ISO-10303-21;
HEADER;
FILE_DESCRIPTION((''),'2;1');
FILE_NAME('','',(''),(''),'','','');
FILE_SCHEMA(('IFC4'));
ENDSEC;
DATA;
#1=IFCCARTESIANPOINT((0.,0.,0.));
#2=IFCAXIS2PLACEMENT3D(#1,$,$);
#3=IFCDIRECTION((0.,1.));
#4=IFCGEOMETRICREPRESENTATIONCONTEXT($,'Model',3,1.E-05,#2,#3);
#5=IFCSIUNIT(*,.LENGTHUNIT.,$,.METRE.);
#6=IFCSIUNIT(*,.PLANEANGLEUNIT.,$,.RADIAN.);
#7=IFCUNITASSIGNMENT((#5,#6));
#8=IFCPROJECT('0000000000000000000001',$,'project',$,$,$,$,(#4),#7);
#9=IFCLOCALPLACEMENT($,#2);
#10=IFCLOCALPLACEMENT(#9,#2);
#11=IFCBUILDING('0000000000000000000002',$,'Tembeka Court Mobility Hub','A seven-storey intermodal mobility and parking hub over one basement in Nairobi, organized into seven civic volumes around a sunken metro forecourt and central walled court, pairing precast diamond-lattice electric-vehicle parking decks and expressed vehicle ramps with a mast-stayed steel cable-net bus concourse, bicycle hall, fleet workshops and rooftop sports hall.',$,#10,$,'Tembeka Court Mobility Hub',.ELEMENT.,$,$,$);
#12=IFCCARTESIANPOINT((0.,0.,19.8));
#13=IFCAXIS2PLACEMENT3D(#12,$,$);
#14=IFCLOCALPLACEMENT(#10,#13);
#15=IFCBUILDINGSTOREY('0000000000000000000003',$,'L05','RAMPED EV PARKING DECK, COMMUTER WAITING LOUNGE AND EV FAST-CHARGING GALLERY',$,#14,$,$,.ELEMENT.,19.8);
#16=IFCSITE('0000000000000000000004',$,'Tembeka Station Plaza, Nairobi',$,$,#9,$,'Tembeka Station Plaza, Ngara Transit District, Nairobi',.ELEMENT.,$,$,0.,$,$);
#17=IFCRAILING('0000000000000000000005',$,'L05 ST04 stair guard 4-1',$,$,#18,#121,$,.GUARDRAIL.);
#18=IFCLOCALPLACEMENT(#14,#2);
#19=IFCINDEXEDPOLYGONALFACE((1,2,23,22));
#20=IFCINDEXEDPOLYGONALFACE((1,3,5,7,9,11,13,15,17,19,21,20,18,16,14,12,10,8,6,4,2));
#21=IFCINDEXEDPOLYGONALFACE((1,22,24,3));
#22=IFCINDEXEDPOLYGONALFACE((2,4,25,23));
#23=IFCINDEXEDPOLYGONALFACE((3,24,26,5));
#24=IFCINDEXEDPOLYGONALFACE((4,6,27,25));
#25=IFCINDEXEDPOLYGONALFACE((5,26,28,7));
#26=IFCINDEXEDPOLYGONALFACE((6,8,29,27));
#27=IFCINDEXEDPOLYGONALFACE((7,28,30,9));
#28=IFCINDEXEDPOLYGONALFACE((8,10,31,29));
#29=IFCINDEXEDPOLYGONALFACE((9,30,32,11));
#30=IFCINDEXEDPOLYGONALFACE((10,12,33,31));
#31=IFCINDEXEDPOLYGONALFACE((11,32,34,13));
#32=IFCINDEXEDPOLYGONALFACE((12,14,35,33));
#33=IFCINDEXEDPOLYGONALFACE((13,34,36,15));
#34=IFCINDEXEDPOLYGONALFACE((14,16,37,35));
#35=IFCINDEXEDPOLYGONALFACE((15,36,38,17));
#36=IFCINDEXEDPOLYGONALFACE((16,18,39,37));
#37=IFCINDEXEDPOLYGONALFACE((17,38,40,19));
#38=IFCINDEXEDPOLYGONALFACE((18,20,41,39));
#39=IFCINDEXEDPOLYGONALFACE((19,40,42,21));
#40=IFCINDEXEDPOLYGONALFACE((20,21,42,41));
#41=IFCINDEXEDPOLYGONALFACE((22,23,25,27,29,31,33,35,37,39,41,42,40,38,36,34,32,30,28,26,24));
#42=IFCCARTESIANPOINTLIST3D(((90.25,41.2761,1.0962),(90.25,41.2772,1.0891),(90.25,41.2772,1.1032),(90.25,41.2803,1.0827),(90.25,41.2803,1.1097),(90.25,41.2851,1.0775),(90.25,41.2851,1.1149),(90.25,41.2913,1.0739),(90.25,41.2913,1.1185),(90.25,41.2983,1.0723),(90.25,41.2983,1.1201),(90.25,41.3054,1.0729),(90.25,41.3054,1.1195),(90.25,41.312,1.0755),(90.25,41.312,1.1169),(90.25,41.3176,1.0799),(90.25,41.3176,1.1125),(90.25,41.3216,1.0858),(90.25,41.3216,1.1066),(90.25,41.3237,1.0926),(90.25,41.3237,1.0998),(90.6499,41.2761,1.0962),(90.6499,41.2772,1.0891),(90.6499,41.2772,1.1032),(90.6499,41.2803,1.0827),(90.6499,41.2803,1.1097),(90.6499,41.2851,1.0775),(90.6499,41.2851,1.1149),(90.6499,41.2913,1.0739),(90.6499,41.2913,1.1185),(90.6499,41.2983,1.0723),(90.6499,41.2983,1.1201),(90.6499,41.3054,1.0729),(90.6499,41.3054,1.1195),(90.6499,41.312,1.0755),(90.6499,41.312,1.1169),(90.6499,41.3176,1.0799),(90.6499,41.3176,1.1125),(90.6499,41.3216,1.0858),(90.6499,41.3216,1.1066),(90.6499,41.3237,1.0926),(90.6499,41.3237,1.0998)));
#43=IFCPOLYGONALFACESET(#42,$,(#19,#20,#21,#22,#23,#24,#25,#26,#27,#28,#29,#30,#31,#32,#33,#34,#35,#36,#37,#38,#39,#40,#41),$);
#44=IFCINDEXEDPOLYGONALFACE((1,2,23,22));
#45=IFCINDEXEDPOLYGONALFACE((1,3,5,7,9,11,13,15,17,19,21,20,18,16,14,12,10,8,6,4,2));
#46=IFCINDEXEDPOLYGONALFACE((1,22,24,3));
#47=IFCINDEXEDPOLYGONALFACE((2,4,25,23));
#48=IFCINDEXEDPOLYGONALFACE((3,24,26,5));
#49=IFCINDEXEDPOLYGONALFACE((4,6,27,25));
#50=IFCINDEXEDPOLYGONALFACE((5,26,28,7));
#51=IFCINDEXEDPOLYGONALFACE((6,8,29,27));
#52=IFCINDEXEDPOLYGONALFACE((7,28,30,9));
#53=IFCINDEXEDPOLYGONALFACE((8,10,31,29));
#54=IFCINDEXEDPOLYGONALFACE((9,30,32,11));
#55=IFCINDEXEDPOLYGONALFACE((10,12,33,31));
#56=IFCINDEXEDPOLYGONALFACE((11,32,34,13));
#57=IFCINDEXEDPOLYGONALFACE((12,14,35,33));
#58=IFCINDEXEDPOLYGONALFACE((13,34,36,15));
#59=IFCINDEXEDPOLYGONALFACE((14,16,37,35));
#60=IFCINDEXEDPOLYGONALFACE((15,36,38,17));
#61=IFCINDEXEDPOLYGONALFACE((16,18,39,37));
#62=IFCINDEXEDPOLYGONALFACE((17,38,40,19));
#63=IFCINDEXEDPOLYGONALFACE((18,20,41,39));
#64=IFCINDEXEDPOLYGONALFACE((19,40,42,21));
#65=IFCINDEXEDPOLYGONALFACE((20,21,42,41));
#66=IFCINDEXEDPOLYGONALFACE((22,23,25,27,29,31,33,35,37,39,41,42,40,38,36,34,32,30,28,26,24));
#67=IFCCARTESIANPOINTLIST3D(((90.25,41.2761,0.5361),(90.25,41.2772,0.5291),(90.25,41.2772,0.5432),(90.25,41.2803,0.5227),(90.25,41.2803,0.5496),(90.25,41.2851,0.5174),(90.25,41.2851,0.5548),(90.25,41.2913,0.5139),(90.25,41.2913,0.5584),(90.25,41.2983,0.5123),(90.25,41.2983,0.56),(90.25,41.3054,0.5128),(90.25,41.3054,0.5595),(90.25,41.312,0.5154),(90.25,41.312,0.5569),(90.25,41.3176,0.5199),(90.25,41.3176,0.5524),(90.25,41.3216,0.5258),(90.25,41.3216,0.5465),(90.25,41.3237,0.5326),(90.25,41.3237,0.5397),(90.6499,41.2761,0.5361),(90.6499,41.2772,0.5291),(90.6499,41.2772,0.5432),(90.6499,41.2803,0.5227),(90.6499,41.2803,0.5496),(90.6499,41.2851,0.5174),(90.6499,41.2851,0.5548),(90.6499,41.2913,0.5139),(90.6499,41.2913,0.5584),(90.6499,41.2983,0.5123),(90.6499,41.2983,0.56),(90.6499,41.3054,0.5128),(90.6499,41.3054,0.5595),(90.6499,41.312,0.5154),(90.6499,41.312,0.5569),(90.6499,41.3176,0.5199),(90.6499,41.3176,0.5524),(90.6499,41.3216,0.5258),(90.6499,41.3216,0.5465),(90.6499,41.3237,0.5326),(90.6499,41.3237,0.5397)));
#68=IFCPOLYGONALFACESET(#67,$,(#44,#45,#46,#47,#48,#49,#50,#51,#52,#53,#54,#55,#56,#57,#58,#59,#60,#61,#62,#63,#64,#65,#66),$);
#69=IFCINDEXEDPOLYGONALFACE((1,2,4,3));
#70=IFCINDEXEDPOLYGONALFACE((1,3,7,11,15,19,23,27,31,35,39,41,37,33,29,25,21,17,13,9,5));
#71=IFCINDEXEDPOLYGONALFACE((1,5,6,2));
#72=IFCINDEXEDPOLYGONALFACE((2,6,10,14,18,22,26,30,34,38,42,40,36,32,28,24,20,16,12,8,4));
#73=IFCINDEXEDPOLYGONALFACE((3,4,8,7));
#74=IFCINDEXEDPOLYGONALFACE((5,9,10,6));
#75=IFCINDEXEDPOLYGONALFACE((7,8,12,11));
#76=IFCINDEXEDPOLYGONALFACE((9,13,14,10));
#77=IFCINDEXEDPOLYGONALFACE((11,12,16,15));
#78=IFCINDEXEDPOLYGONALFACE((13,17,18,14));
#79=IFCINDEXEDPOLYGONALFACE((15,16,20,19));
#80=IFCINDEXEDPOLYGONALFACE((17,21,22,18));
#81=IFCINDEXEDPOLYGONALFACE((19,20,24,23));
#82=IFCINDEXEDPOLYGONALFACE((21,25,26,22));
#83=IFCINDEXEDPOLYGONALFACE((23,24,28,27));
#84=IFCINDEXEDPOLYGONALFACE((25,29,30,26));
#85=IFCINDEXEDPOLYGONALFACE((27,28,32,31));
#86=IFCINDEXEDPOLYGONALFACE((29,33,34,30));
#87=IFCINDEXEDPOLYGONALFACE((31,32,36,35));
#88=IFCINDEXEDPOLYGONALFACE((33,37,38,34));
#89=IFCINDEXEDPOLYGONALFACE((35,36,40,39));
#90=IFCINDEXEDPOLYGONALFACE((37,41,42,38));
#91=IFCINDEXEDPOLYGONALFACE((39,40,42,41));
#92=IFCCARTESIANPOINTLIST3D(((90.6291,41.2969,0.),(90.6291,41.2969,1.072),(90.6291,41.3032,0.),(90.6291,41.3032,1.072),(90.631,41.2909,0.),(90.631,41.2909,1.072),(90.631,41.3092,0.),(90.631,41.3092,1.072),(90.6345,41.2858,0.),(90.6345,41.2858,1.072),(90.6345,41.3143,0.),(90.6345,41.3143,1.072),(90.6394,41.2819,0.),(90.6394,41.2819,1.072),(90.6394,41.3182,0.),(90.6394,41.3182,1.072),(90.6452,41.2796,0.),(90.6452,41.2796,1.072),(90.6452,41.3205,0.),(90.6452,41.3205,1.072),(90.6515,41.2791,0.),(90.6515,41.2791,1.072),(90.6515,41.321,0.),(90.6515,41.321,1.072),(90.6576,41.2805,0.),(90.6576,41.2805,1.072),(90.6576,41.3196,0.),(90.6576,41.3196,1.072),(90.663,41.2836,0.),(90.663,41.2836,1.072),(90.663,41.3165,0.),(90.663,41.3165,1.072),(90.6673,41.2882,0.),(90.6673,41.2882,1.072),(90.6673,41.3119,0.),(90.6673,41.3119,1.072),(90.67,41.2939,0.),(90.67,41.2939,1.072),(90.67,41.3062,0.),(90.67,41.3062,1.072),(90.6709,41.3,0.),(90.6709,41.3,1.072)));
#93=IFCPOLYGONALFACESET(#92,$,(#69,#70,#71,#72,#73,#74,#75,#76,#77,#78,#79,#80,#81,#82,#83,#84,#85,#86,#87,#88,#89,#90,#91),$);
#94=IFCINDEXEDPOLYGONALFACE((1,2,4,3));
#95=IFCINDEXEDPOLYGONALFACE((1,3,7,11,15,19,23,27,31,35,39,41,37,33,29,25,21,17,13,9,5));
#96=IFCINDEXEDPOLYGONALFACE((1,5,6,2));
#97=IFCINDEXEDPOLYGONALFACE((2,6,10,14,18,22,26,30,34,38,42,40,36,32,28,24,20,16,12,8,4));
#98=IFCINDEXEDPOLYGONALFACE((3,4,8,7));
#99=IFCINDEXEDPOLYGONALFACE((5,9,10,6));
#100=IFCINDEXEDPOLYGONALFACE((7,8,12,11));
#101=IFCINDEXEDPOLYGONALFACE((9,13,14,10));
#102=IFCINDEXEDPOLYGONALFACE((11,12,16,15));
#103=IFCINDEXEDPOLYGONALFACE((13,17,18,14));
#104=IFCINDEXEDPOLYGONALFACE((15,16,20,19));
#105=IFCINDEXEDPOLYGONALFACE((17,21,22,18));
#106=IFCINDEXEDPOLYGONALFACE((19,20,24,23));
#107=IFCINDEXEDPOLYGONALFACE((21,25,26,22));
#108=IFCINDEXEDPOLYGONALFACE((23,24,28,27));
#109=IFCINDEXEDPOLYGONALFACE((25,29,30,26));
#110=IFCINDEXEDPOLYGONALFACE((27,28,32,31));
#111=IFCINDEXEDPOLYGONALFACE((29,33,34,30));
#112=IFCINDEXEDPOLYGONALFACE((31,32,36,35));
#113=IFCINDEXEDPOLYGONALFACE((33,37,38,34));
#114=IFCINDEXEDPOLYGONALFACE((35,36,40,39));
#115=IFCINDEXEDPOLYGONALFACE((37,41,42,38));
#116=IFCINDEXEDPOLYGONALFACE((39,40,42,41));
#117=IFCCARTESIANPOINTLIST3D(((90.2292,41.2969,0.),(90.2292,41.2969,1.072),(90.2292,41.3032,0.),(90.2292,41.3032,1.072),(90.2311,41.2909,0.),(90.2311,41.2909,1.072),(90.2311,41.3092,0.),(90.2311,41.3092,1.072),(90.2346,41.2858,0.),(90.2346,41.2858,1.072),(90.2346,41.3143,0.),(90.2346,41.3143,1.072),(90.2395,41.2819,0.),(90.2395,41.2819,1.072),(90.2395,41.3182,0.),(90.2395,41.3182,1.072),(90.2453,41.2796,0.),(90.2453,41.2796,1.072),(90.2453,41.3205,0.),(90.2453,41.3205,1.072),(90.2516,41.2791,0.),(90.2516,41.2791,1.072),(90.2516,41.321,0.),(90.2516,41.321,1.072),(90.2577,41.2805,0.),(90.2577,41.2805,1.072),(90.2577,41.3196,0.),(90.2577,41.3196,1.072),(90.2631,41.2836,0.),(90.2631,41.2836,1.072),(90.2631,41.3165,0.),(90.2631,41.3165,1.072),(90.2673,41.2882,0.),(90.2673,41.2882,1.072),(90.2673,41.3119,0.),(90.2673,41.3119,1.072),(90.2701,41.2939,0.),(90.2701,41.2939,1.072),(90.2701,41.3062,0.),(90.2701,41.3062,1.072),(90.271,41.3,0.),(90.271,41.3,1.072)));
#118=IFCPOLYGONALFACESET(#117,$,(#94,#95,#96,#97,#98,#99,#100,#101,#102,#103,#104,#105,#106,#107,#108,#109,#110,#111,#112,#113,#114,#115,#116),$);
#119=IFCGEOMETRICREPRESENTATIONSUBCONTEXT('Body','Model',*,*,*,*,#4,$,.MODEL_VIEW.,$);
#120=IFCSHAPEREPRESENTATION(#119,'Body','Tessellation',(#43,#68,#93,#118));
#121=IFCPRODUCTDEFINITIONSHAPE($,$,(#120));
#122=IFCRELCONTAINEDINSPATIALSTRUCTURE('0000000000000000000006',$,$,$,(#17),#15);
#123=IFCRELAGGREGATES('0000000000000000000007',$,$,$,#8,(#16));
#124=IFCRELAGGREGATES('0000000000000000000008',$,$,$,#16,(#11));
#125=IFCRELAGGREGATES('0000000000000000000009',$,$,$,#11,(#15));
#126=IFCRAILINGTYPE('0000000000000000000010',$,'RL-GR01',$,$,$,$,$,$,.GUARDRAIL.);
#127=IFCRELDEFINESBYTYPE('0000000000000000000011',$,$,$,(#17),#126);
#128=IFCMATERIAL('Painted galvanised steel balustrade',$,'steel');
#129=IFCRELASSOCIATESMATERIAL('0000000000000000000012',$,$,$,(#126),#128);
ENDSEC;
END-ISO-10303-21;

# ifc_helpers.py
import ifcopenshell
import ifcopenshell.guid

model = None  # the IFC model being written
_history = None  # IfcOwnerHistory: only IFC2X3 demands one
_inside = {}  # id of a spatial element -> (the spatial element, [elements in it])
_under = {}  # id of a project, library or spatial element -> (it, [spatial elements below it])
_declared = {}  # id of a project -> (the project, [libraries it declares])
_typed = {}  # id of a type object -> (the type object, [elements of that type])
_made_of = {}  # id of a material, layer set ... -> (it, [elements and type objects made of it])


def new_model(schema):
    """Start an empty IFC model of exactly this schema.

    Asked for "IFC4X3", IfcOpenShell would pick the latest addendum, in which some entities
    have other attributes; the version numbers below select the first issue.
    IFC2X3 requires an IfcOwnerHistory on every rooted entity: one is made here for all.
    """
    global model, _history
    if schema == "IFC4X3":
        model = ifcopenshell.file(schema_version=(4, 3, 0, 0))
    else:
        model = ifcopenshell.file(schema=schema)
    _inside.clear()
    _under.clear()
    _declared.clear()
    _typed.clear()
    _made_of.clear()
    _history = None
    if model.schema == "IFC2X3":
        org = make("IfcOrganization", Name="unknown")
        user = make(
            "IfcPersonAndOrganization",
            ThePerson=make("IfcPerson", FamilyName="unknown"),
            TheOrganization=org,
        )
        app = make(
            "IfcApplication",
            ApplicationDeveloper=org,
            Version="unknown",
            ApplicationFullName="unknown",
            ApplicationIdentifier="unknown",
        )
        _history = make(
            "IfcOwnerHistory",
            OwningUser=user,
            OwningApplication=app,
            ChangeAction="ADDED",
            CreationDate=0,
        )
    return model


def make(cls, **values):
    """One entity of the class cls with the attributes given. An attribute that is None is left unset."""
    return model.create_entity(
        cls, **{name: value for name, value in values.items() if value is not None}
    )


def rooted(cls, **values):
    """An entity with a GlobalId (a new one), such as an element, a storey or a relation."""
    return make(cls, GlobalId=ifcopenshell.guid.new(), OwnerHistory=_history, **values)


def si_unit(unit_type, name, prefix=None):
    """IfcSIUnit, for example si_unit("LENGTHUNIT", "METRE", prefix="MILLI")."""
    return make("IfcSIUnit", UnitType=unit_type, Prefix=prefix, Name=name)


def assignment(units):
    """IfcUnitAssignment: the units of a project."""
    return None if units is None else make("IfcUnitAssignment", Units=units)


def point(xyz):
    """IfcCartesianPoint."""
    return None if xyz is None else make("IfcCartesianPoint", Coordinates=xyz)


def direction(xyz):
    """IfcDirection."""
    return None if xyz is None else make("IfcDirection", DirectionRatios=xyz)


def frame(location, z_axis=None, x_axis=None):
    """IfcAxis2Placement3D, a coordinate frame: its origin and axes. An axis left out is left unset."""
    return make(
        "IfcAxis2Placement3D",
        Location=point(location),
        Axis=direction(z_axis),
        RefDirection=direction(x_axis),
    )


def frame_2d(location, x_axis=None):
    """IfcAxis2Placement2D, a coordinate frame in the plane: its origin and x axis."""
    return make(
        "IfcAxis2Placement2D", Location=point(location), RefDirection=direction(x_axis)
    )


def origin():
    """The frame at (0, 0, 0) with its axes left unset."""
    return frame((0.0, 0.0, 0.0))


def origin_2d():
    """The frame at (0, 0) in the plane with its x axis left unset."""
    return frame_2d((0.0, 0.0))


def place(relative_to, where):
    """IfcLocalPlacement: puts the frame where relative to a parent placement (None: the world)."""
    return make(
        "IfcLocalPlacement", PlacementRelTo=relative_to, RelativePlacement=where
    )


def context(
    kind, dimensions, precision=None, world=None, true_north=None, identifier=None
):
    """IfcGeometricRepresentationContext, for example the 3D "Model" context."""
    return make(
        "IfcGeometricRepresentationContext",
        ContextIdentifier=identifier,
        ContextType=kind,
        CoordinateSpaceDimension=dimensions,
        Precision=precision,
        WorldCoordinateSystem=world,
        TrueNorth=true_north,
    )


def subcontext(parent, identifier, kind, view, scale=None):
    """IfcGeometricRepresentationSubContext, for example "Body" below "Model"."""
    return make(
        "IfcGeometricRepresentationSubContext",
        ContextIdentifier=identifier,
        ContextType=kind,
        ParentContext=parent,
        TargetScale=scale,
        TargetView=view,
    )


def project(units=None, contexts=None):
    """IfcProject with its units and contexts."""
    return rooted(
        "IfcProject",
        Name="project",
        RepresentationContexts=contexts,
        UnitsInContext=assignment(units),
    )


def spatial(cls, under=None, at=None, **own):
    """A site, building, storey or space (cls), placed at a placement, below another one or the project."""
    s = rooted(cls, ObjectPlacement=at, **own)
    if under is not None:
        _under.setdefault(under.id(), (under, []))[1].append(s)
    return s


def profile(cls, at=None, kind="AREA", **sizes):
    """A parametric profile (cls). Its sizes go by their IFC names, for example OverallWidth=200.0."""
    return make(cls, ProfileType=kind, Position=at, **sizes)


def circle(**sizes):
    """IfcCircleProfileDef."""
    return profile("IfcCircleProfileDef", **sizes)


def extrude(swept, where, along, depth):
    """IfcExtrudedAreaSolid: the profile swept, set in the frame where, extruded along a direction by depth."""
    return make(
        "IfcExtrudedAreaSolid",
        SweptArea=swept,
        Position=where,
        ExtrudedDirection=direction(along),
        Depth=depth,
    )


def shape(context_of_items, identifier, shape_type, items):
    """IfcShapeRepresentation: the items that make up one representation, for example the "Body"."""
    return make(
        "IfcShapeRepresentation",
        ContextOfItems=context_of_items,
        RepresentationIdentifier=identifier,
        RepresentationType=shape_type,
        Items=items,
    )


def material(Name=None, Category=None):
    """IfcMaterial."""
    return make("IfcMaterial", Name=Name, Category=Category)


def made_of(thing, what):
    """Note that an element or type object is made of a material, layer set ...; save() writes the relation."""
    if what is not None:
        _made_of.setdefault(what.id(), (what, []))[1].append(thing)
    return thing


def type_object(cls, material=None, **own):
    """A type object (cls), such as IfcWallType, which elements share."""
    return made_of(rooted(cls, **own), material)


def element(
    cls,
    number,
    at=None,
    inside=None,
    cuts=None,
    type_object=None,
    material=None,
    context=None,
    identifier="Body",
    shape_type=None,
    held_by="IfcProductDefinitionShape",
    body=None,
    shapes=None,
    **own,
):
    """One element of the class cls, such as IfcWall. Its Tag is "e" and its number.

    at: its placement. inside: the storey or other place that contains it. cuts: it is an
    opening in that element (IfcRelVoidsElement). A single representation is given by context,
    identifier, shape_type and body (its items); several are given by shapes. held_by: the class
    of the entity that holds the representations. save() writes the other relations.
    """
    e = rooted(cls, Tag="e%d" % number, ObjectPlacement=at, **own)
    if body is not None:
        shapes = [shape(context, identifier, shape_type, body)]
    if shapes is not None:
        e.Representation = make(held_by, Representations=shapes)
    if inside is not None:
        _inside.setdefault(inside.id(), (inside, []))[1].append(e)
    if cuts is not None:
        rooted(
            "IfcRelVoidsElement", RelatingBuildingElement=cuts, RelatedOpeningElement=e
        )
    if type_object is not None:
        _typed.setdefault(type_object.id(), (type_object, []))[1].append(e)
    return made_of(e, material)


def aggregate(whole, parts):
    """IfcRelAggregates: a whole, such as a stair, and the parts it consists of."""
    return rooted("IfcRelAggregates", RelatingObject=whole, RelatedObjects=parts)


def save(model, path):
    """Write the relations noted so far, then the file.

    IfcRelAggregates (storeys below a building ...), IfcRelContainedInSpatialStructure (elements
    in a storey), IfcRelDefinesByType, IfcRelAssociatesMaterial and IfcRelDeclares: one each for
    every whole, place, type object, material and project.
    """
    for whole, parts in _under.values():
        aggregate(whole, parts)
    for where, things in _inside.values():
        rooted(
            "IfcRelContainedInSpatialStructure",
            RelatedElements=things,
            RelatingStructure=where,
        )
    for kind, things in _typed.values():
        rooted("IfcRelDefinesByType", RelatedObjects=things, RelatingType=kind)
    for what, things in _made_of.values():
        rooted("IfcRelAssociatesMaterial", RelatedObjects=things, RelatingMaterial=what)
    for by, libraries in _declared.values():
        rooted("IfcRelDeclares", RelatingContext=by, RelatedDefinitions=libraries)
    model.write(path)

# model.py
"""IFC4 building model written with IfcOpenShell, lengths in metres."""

from ifc_helpers import new_model, si_unit, direction, frame, origin, origin_2d, place, context, subcontext, project, spatial, circle, extrude, material, type_object, element, save


model = new_model("IFC4")

# Units and contexts
model_context = context("Model", 3, precision=1e-05, world=origin(), true_north=direction((0.0, 1.0)))
body_context = subcontext(model_context, "Body", "Model", "MODEL_VIEW")
ifc_project = project(units=[si_unit("LENGTHUNIT", "METRE"), si_unit("PLANEANGLEUNIT", "RADIAN")], contexts=[model_context])

# Site, building, storey
site_placement = place(None, origin())
site = spatial("IfcSite", under=ifc_project, at=site_placement, Name="Tembeka Station Plaza, Nairobi", LongName="Tembeka Station Plaza, Ngara Transit District, Nairobi", CompositionType="ELEMENT", RefElevation=0.0)
building_placement = place(site_placement, origin())
building = spatial("IfcBuilding", under=site, at=building_placement, Name="Tembeka Court Mobility Hub", Description="A seven-storey intermodal mobility and parking hub over one basement in Nairobi, organized into seven civic volumes around a sunken metro forecourt and central walled court, pairing precast diamond-lattice electric-vehicle parking decks and expressed vehicle ramps with a mast-stayed steel cable-net bus concourse, bicycle hall, fleet workshops and rooftop sports hall.", LongName="Tembeka Court Mobility Hub", CompositionType="ELEMENT")
storey_placement = place(building_placement, frame((0.0, 0.0, 19.8)))
storey = spatial("IfcBuildingStorey", under=building, at=storey_placement, Name="L05", Description="RAMPED EV PARKING DECK, COMMUTER WAITING LOUNGE AND EV FAST-CHARGING GALLERY", CompositionType="ELEMENT", Elevation=19.8)

# Railing
ifc_material_1 = material(Name="Painted galvanised steel balustrade", Category="steel")
railing_type_1 = type_object("IfcRailingType", Name="RL-GR01", PredefinedType="GUARDRAIL", material=ifc_material_1)
railing_1_placement = place(storey_placement, frame((90.6499, 41.3, 0.0)))
element("IfcRailing", 1, at=railing_1_placement, inside=storey, type_object=railing_type_1, Name="L05 ST04 stair guard 4-1", PredefinedType="GUARDRAIL", context=body_context, shape_type="SweptSolid", body=[
    extrude(circle(Radius=0.0239, at=origin_2d()), frame((0.0, 0.0, 1.0962), z_axis=(-1.0, 0.0, 0.0), x_axis=(0.0, -1.0, 0.0)), (0.0, 0.0, 1.0), 0.3999),
    extrude(circle(Radius=0.0239, at=origin_2d()), frame((0.0, 0.0, 0.5361), z_axis=(-1.0, 0.0, 0.0), x_axis=(0.0, -1.0, 0.0)), (0.0, 0.0, 1.0), 0.3999),
    extrude(circle(Radius=0.021, at=origin_2d()), origin(), (0.0, 0.0, 1.0), 1.072),
    extrude(circle(Radius=0.021, at=origin_2d()), frame((-0.3999, 0.0, 0.0)), (0.0, 0.0, 1.0), 1.072),
])

save(model, "model.ifc")
